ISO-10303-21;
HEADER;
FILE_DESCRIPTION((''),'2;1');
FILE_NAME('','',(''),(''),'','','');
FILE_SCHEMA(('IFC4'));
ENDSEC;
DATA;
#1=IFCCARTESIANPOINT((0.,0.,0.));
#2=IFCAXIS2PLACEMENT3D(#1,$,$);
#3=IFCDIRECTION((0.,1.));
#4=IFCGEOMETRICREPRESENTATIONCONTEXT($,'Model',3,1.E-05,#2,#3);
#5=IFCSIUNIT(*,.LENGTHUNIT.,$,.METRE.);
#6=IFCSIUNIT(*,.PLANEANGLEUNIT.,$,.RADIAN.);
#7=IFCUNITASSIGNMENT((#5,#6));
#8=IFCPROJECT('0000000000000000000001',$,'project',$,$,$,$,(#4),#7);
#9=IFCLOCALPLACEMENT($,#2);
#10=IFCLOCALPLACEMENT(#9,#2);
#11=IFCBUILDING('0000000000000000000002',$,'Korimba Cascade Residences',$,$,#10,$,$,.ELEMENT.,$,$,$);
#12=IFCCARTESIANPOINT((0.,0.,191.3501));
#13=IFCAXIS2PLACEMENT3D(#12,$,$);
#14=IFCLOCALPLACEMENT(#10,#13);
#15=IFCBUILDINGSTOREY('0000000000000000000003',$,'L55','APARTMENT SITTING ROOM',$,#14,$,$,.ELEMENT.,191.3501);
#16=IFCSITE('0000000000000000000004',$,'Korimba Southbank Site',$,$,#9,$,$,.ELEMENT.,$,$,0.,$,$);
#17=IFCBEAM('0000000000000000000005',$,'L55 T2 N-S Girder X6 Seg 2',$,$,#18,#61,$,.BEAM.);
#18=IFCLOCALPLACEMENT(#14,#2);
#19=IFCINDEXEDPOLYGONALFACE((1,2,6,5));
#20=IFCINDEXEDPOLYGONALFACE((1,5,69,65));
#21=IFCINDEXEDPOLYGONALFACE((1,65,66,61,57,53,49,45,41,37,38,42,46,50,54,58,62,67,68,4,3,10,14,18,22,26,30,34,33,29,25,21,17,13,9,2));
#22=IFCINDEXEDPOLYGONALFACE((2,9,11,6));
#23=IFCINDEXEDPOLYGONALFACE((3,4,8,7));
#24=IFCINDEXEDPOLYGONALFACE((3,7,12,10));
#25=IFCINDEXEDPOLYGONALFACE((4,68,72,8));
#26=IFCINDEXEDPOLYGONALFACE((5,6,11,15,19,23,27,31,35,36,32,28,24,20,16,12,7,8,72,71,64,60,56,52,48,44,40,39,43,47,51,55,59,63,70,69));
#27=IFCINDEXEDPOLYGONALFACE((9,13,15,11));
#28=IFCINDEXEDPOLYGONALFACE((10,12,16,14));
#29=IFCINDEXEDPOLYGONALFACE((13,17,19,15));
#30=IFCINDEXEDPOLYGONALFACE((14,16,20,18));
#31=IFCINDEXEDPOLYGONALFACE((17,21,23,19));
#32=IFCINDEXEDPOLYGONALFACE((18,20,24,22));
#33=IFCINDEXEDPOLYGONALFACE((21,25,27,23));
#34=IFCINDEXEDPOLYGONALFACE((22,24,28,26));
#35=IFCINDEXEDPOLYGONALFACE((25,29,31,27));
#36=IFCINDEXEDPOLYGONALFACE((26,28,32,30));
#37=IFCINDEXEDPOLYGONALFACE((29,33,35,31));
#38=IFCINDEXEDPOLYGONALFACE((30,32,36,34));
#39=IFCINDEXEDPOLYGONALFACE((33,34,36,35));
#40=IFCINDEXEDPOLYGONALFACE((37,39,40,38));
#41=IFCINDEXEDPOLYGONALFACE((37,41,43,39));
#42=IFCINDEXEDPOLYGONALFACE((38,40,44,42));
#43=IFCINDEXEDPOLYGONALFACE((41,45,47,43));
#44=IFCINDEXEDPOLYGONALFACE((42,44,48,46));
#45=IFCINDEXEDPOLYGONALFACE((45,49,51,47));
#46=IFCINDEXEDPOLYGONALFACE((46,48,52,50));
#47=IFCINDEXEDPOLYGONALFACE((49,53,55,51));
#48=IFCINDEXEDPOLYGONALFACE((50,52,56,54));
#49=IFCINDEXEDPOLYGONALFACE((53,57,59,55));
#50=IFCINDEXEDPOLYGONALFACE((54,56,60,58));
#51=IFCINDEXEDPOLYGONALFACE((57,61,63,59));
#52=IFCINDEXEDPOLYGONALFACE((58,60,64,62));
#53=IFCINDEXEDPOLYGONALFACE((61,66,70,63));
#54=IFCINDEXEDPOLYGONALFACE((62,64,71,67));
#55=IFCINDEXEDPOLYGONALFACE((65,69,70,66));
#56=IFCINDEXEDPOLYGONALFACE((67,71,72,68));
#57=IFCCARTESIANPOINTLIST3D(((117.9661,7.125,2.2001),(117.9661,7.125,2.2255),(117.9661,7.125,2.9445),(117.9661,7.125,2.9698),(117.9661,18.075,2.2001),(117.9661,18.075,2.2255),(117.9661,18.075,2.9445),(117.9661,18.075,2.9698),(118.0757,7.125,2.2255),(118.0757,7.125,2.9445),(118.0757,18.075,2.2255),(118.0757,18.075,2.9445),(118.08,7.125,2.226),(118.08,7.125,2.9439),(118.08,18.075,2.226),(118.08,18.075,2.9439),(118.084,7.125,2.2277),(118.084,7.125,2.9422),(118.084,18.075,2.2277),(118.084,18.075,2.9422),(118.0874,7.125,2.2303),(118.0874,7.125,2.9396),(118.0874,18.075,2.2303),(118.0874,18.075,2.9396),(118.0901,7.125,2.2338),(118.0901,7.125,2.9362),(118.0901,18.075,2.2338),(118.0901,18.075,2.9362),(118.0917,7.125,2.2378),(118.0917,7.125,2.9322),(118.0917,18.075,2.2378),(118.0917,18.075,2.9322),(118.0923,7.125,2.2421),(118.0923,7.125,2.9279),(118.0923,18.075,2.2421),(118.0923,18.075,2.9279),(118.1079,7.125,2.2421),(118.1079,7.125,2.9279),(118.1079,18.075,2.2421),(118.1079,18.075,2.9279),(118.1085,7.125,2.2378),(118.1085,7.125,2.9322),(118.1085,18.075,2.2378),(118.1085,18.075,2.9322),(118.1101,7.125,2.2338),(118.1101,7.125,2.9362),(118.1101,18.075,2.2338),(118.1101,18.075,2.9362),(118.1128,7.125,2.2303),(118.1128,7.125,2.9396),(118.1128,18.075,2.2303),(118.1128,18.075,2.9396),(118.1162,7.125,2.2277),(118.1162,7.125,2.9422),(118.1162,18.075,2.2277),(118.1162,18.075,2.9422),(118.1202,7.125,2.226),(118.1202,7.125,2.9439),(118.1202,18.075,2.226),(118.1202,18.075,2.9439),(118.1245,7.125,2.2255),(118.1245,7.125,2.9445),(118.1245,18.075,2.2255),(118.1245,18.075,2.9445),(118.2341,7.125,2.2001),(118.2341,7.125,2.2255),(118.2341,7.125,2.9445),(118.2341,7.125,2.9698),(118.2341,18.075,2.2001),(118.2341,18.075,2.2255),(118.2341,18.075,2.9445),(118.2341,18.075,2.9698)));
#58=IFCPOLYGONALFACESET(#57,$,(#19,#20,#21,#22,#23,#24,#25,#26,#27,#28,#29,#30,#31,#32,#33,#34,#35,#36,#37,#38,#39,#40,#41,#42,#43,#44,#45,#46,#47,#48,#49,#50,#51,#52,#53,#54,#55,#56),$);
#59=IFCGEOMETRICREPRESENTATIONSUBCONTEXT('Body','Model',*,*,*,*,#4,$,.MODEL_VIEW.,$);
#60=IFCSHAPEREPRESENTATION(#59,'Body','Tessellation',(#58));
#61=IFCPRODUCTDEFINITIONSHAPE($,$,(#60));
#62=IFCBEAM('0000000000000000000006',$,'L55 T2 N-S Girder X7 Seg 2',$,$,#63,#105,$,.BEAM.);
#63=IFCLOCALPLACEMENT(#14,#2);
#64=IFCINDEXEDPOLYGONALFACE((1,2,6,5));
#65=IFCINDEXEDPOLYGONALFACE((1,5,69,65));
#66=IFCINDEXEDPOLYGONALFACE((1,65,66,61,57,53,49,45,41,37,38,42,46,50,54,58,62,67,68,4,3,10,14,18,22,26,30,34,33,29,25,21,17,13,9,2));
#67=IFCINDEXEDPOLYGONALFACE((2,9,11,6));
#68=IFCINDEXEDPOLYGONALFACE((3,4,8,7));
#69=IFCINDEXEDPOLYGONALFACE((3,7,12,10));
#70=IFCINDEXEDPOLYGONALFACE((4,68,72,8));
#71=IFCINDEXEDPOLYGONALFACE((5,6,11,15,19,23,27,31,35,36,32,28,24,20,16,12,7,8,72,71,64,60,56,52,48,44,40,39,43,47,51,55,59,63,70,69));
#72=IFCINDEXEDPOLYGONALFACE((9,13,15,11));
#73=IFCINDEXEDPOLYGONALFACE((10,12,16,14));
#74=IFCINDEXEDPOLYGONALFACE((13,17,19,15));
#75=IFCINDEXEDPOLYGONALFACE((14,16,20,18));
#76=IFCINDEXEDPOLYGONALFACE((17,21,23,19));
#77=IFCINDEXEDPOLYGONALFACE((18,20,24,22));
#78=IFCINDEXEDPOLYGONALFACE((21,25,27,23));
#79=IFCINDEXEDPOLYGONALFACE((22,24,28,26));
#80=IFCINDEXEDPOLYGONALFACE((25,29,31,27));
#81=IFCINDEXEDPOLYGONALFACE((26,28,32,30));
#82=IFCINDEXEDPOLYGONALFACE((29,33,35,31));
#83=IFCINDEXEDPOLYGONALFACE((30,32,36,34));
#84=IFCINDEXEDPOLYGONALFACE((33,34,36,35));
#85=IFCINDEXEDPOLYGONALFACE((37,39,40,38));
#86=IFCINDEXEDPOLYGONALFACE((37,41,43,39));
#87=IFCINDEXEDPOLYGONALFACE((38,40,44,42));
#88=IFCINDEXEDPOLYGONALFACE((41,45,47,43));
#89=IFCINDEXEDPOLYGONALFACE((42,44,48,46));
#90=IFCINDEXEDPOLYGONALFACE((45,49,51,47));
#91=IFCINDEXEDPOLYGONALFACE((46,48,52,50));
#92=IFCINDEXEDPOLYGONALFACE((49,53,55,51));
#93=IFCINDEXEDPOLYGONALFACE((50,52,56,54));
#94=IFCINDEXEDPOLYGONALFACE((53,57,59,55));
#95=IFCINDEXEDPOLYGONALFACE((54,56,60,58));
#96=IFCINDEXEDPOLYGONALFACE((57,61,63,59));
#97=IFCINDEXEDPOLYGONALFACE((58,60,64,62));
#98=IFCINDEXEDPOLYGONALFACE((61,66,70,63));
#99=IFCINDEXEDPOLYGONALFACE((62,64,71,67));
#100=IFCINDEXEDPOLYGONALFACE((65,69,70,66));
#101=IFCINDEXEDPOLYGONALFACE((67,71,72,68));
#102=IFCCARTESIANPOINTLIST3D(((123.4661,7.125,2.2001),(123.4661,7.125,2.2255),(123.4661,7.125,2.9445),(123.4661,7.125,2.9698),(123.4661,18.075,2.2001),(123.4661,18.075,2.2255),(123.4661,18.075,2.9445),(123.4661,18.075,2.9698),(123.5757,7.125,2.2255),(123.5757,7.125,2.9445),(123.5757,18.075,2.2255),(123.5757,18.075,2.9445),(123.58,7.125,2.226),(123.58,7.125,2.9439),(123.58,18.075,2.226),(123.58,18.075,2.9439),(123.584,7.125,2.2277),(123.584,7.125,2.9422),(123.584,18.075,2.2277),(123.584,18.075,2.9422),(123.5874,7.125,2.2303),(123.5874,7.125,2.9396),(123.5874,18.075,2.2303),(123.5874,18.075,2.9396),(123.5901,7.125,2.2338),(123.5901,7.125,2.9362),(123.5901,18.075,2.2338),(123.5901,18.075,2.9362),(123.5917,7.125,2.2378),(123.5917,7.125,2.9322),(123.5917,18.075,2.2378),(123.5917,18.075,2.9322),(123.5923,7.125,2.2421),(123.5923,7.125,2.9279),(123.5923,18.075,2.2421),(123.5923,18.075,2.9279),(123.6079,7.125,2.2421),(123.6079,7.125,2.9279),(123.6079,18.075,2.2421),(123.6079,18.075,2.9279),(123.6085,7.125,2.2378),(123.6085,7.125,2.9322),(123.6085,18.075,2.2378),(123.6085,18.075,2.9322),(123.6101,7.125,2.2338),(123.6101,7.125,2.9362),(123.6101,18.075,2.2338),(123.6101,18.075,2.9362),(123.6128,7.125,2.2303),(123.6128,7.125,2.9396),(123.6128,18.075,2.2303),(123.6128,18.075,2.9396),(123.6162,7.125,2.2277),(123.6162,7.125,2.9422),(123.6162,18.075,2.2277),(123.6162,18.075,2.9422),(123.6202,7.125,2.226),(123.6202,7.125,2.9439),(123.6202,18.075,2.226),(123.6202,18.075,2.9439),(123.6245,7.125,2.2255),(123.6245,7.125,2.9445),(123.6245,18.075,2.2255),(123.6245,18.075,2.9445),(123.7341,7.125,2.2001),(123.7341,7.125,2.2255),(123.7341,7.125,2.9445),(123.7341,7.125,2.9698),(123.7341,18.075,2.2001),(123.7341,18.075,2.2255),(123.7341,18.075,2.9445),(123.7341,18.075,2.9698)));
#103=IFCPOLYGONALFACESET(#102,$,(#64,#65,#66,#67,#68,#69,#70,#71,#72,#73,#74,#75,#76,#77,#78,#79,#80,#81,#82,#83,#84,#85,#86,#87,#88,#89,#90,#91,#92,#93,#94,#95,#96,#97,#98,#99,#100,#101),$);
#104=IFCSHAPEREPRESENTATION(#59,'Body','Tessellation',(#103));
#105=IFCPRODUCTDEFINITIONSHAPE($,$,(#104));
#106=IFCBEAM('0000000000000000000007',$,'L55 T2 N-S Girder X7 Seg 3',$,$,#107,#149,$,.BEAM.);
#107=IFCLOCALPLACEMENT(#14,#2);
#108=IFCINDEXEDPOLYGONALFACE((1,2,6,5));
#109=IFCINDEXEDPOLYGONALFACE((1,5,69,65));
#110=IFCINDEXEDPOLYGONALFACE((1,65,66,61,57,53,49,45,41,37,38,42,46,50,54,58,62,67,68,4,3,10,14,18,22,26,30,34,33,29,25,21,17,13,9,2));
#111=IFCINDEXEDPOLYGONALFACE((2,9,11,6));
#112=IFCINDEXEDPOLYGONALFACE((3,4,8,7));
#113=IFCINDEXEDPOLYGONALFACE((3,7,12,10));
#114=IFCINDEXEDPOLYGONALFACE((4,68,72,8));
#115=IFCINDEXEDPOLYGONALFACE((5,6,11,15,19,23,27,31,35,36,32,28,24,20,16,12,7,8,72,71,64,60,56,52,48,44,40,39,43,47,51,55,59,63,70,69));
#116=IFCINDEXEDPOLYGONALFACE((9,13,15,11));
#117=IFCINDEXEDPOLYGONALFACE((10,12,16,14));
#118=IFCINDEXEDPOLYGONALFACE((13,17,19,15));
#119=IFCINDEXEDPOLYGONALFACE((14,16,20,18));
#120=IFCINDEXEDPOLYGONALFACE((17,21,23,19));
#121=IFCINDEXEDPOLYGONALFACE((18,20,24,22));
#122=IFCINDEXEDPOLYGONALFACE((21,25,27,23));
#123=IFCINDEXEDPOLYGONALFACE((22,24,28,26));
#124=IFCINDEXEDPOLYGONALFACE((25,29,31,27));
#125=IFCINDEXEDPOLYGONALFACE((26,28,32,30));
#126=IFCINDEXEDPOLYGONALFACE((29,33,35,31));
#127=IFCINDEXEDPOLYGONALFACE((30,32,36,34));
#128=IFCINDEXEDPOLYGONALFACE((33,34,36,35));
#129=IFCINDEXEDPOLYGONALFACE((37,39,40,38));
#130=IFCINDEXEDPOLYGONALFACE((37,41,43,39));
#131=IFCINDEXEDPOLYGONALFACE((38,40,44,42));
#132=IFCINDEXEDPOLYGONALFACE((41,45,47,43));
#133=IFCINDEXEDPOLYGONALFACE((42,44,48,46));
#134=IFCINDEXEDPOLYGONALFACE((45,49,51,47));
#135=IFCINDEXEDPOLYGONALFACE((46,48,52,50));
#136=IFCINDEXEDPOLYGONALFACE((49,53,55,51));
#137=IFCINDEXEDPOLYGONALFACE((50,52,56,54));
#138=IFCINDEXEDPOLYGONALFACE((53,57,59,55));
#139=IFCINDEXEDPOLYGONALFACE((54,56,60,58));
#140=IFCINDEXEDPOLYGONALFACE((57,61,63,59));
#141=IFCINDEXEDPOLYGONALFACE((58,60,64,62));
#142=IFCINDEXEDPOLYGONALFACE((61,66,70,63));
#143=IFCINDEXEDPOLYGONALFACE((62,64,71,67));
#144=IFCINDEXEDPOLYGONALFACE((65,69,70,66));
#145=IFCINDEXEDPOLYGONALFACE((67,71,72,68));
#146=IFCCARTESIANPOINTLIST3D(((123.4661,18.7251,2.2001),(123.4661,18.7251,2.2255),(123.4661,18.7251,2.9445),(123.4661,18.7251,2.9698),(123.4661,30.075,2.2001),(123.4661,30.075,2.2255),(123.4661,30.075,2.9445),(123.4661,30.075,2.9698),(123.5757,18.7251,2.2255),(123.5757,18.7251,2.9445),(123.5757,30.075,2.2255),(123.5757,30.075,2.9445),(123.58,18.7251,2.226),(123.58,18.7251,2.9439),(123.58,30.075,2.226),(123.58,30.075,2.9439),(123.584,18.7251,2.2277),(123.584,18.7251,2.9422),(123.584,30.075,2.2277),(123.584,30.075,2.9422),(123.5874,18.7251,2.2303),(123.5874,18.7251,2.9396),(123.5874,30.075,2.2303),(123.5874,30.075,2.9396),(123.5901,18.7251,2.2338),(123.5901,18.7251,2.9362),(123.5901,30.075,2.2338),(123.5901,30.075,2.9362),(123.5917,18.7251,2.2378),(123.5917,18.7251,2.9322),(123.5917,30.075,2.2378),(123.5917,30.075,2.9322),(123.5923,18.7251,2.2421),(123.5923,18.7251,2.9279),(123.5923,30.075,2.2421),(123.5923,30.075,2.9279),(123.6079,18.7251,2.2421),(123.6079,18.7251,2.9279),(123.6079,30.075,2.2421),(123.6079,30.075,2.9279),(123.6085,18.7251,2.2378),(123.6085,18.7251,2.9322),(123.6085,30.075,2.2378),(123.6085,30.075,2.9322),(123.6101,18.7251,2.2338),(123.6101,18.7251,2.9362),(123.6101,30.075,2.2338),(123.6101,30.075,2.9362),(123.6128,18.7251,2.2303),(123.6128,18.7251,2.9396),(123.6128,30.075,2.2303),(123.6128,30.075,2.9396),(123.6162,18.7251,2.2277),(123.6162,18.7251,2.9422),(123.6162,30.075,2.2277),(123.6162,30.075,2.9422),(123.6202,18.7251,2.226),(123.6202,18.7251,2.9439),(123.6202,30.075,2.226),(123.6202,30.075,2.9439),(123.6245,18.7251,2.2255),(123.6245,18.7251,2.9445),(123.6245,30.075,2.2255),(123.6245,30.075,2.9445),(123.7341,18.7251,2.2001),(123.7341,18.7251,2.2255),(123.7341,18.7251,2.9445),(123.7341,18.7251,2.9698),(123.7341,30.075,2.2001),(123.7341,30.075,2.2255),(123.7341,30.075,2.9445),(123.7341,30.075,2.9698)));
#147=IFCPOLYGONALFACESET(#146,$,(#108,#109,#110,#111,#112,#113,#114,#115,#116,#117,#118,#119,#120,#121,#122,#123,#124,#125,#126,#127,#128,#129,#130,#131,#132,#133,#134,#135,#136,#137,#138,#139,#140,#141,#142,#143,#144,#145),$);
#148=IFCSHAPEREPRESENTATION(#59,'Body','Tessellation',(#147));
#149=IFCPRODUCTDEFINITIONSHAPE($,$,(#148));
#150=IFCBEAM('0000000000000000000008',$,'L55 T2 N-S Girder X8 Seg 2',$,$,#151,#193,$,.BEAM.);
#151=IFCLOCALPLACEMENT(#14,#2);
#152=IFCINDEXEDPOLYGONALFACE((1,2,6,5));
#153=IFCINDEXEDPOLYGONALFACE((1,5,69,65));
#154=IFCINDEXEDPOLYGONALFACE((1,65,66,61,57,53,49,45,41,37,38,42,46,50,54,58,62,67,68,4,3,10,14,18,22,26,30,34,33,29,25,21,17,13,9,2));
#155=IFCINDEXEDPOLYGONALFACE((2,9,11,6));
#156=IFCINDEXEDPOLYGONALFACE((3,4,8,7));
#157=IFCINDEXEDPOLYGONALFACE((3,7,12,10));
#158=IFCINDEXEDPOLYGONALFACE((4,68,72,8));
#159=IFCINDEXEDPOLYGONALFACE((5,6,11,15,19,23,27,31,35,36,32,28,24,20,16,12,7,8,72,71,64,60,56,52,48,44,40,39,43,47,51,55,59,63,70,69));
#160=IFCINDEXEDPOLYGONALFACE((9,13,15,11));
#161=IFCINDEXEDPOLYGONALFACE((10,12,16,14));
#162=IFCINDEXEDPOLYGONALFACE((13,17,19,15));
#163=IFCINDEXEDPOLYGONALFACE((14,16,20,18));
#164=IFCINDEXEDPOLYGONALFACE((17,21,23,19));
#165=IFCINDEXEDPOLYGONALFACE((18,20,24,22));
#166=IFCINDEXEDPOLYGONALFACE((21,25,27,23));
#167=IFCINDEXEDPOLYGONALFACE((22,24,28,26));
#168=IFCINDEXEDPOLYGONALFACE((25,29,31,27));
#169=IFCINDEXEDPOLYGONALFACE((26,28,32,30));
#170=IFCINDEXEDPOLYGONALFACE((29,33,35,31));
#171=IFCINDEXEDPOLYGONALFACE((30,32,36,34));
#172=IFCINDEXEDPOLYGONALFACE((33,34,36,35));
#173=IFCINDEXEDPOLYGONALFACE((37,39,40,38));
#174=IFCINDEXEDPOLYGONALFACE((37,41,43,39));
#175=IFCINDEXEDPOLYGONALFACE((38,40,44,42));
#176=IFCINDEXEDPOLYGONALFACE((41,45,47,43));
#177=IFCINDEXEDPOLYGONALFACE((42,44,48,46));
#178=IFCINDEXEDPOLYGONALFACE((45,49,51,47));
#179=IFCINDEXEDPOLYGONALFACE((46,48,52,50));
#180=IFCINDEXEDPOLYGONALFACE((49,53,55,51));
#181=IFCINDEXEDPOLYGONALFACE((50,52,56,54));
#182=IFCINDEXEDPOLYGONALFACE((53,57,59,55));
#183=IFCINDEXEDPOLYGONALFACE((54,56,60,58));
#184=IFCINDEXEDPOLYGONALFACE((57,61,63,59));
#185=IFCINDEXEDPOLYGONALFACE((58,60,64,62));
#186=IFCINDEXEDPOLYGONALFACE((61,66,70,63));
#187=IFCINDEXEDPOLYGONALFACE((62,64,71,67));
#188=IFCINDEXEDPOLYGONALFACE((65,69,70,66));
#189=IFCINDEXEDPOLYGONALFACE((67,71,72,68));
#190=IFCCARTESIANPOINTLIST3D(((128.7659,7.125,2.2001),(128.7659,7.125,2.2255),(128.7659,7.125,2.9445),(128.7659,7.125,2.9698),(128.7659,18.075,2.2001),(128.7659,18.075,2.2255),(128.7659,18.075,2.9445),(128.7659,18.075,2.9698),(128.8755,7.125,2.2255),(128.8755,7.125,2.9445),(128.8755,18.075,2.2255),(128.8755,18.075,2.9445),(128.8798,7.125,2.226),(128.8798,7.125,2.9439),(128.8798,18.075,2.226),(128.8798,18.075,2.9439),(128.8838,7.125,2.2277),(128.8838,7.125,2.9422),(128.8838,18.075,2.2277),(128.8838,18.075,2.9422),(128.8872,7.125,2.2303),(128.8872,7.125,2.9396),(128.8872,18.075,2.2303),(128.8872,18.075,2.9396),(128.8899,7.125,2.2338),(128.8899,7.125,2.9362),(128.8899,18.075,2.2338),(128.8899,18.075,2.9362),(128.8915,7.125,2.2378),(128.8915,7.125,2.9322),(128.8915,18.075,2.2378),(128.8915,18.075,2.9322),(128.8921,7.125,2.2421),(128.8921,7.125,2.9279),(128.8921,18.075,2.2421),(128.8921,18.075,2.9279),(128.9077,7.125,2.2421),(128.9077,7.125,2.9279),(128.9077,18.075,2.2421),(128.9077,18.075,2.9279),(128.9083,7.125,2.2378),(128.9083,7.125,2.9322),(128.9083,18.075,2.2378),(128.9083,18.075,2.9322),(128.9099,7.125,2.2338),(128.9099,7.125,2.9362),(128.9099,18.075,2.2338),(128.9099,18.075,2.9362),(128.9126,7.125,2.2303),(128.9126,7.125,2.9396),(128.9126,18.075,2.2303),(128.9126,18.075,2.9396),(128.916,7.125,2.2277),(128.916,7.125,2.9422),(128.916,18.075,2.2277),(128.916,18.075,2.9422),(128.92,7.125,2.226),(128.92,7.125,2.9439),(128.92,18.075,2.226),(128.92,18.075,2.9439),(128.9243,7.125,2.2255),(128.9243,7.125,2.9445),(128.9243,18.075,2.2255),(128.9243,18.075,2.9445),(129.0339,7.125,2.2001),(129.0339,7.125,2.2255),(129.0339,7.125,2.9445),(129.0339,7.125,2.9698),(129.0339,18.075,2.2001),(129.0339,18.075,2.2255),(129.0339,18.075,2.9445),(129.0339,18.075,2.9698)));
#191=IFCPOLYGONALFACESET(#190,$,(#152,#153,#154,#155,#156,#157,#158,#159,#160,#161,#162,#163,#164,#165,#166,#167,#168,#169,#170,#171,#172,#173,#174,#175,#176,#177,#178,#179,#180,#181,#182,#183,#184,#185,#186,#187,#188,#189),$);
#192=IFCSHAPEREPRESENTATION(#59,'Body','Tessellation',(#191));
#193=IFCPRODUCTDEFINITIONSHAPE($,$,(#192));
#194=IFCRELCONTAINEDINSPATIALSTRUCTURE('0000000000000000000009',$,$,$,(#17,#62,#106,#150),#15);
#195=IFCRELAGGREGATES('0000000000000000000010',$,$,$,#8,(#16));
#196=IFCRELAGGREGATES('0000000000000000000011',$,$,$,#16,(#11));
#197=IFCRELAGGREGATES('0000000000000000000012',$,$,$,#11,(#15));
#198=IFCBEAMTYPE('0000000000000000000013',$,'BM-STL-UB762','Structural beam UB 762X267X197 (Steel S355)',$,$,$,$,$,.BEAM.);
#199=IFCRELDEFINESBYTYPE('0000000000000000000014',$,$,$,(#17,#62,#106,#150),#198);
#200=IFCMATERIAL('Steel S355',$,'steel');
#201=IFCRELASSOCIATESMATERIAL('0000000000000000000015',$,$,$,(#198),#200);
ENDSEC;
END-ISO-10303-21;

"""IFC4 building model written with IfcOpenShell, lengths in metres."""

from ifc_helpers import new_model, si_unit, direction, frame, origin, origin_2d, place, context, subcontext, project, spatial, i_section, extrude, material, material_profile, profile_set, type_object, element, save


model = new_model("IFC4")

# Units and contexts
model_context = context("Model", 3, precision=1e-05, world=origin(), true_north=direction((0.0, 1.0)))
body_context = subcontext(model_context, "Body", "Model", "MODEL_VIEW")
ifc_project = project(units=[si_unit("LENGTHUNIT", "METRE"), si_unit("PLANEANGLEUNIT", "RADIAN")], contexts=[model_context])

# Site, building, storey
site_placement = place(None, origin())
site = spatial("IfcSite", under=ifc_project, at=site_placement, Name="Korimba Southbank Site", CompositionType="ELEMENT", RefElevation=0.0)
building_placement = place(site_placement, origin())
building = spatial("IfcBuilding", under=site, at=building_placement, Name="Korimba Cascade Residences", CompositionType="ELEMENT")
storey_placement = place(building_placement, frame((0.0, 0.0, 191.3501)))
storey = spatial("IfcBuildingStorey", under=building, at=storey_placement, Name="L55", Description="APARTMENT SITTING ROOM", CompositionType="ELEMENT", Elevation=191.3501)

# Beams
ifc_material_1 = material(Name="Steel S355", Category="steel")
ifc_material_profile_1 = material_profile(ifc_material_1, i_section(OverallWidth=0.2681, OverallDepth=0.7698, WebThickness=0.0156, FlangeThickness=0.0254, FilletRadius=0.0166, at=origin_2d()), Name="Steel S355")
ifc_profile_set_1 = profile_set([ifc_material_profile_1], Name="Steel S355")
beam_type_1 = type_object("IfcBeamType", Name="BM-STL-UB762", Description="Structural beam UB 762X267X197 (Steel S355)", PredefinedType="BEAM", material=ifc_profile_set_1)
for number, where, z_axis, x_axis, name in (
    (1, (118.1001, 7.125, 2.585), (0.0, 1.0, 0.0), (-1.0, 0.0, 0.0), "L55 T2 N-S Girder X6 Seg 2"),
    (2, (123.6001, 7.125, 2.585), (0.0, 1.0, 0.0), (-1.0, 0.0, 0.0), "L55 T2 N-S Girder X7 Seg 2"),
):
    element("IfcBeam", number, at=place(storey_placement, frame(where, z_axis=z_axis, x_axis=x_axis)), inside=storey, type_object=beam_type_1, Name=name, PredefinedType="BEAM", context=body_context, shape_type="SweptSolid", body=[
        extrude(i_section(OverallWidth=0.2681, OverallDepth=0.7698, WebThickness=0.0156, FlangeThickness=0.0254, FilletRadius=0.0166, at=origin_2d()), origin(), (0.0, 0.0, 1.0), 10.95),
    ])
beam_1_placement = place(storey_placement, frame((123.6001, 18.7251, 2.585), z_axis=(0.0, 1.0, 0.0), x_axis=(-1.0, 0.0, 0.0)))
element("IfcBeam", 3, at=beam_1_placement, inside=storey, type_object=beam_type_1, Name="L55 T2 N-S Girder X7 Seg 3", PredefinedType="BEAM", context=body_context, shape_type="SweptSolid", body=[
    extrude(i_section(OverallWidth=0.2681, OverallDepth=0.7698, WebThickness=0.0156, FlangeThickness=0.0254, FilletRadius=0.0166, at=origin_2d()), origin(), (0.0, 0.0, 1.0), 11.3499),
])
beam_2_placement = place(storey_placement, frame((128.8999, 7.125, 2.585), z_axis=(0.0, 1.0, 0.0), x_axis=(-1.0, 0.0, 0.0)))
element("IfcBeam", 4, at=beam_2_placement, inside=storey, type_object=beam_type_1, Name="L55 T2 N-S Girder X8 Seg 2", PredefinedType="BEAM", context=body_context, shape_type="SweptSolid", body=[
    extrude(i_section(OverallWidth=0.2681, OverallDepth=0.7698, WebThickness=0.0156, FlangeThickness=0.0254, FilletRadius=0.0166, at=origin_2d()), origin(), (0.0, 0.0, 1.0), 10.95),
])

save(model, "model.ifc")
